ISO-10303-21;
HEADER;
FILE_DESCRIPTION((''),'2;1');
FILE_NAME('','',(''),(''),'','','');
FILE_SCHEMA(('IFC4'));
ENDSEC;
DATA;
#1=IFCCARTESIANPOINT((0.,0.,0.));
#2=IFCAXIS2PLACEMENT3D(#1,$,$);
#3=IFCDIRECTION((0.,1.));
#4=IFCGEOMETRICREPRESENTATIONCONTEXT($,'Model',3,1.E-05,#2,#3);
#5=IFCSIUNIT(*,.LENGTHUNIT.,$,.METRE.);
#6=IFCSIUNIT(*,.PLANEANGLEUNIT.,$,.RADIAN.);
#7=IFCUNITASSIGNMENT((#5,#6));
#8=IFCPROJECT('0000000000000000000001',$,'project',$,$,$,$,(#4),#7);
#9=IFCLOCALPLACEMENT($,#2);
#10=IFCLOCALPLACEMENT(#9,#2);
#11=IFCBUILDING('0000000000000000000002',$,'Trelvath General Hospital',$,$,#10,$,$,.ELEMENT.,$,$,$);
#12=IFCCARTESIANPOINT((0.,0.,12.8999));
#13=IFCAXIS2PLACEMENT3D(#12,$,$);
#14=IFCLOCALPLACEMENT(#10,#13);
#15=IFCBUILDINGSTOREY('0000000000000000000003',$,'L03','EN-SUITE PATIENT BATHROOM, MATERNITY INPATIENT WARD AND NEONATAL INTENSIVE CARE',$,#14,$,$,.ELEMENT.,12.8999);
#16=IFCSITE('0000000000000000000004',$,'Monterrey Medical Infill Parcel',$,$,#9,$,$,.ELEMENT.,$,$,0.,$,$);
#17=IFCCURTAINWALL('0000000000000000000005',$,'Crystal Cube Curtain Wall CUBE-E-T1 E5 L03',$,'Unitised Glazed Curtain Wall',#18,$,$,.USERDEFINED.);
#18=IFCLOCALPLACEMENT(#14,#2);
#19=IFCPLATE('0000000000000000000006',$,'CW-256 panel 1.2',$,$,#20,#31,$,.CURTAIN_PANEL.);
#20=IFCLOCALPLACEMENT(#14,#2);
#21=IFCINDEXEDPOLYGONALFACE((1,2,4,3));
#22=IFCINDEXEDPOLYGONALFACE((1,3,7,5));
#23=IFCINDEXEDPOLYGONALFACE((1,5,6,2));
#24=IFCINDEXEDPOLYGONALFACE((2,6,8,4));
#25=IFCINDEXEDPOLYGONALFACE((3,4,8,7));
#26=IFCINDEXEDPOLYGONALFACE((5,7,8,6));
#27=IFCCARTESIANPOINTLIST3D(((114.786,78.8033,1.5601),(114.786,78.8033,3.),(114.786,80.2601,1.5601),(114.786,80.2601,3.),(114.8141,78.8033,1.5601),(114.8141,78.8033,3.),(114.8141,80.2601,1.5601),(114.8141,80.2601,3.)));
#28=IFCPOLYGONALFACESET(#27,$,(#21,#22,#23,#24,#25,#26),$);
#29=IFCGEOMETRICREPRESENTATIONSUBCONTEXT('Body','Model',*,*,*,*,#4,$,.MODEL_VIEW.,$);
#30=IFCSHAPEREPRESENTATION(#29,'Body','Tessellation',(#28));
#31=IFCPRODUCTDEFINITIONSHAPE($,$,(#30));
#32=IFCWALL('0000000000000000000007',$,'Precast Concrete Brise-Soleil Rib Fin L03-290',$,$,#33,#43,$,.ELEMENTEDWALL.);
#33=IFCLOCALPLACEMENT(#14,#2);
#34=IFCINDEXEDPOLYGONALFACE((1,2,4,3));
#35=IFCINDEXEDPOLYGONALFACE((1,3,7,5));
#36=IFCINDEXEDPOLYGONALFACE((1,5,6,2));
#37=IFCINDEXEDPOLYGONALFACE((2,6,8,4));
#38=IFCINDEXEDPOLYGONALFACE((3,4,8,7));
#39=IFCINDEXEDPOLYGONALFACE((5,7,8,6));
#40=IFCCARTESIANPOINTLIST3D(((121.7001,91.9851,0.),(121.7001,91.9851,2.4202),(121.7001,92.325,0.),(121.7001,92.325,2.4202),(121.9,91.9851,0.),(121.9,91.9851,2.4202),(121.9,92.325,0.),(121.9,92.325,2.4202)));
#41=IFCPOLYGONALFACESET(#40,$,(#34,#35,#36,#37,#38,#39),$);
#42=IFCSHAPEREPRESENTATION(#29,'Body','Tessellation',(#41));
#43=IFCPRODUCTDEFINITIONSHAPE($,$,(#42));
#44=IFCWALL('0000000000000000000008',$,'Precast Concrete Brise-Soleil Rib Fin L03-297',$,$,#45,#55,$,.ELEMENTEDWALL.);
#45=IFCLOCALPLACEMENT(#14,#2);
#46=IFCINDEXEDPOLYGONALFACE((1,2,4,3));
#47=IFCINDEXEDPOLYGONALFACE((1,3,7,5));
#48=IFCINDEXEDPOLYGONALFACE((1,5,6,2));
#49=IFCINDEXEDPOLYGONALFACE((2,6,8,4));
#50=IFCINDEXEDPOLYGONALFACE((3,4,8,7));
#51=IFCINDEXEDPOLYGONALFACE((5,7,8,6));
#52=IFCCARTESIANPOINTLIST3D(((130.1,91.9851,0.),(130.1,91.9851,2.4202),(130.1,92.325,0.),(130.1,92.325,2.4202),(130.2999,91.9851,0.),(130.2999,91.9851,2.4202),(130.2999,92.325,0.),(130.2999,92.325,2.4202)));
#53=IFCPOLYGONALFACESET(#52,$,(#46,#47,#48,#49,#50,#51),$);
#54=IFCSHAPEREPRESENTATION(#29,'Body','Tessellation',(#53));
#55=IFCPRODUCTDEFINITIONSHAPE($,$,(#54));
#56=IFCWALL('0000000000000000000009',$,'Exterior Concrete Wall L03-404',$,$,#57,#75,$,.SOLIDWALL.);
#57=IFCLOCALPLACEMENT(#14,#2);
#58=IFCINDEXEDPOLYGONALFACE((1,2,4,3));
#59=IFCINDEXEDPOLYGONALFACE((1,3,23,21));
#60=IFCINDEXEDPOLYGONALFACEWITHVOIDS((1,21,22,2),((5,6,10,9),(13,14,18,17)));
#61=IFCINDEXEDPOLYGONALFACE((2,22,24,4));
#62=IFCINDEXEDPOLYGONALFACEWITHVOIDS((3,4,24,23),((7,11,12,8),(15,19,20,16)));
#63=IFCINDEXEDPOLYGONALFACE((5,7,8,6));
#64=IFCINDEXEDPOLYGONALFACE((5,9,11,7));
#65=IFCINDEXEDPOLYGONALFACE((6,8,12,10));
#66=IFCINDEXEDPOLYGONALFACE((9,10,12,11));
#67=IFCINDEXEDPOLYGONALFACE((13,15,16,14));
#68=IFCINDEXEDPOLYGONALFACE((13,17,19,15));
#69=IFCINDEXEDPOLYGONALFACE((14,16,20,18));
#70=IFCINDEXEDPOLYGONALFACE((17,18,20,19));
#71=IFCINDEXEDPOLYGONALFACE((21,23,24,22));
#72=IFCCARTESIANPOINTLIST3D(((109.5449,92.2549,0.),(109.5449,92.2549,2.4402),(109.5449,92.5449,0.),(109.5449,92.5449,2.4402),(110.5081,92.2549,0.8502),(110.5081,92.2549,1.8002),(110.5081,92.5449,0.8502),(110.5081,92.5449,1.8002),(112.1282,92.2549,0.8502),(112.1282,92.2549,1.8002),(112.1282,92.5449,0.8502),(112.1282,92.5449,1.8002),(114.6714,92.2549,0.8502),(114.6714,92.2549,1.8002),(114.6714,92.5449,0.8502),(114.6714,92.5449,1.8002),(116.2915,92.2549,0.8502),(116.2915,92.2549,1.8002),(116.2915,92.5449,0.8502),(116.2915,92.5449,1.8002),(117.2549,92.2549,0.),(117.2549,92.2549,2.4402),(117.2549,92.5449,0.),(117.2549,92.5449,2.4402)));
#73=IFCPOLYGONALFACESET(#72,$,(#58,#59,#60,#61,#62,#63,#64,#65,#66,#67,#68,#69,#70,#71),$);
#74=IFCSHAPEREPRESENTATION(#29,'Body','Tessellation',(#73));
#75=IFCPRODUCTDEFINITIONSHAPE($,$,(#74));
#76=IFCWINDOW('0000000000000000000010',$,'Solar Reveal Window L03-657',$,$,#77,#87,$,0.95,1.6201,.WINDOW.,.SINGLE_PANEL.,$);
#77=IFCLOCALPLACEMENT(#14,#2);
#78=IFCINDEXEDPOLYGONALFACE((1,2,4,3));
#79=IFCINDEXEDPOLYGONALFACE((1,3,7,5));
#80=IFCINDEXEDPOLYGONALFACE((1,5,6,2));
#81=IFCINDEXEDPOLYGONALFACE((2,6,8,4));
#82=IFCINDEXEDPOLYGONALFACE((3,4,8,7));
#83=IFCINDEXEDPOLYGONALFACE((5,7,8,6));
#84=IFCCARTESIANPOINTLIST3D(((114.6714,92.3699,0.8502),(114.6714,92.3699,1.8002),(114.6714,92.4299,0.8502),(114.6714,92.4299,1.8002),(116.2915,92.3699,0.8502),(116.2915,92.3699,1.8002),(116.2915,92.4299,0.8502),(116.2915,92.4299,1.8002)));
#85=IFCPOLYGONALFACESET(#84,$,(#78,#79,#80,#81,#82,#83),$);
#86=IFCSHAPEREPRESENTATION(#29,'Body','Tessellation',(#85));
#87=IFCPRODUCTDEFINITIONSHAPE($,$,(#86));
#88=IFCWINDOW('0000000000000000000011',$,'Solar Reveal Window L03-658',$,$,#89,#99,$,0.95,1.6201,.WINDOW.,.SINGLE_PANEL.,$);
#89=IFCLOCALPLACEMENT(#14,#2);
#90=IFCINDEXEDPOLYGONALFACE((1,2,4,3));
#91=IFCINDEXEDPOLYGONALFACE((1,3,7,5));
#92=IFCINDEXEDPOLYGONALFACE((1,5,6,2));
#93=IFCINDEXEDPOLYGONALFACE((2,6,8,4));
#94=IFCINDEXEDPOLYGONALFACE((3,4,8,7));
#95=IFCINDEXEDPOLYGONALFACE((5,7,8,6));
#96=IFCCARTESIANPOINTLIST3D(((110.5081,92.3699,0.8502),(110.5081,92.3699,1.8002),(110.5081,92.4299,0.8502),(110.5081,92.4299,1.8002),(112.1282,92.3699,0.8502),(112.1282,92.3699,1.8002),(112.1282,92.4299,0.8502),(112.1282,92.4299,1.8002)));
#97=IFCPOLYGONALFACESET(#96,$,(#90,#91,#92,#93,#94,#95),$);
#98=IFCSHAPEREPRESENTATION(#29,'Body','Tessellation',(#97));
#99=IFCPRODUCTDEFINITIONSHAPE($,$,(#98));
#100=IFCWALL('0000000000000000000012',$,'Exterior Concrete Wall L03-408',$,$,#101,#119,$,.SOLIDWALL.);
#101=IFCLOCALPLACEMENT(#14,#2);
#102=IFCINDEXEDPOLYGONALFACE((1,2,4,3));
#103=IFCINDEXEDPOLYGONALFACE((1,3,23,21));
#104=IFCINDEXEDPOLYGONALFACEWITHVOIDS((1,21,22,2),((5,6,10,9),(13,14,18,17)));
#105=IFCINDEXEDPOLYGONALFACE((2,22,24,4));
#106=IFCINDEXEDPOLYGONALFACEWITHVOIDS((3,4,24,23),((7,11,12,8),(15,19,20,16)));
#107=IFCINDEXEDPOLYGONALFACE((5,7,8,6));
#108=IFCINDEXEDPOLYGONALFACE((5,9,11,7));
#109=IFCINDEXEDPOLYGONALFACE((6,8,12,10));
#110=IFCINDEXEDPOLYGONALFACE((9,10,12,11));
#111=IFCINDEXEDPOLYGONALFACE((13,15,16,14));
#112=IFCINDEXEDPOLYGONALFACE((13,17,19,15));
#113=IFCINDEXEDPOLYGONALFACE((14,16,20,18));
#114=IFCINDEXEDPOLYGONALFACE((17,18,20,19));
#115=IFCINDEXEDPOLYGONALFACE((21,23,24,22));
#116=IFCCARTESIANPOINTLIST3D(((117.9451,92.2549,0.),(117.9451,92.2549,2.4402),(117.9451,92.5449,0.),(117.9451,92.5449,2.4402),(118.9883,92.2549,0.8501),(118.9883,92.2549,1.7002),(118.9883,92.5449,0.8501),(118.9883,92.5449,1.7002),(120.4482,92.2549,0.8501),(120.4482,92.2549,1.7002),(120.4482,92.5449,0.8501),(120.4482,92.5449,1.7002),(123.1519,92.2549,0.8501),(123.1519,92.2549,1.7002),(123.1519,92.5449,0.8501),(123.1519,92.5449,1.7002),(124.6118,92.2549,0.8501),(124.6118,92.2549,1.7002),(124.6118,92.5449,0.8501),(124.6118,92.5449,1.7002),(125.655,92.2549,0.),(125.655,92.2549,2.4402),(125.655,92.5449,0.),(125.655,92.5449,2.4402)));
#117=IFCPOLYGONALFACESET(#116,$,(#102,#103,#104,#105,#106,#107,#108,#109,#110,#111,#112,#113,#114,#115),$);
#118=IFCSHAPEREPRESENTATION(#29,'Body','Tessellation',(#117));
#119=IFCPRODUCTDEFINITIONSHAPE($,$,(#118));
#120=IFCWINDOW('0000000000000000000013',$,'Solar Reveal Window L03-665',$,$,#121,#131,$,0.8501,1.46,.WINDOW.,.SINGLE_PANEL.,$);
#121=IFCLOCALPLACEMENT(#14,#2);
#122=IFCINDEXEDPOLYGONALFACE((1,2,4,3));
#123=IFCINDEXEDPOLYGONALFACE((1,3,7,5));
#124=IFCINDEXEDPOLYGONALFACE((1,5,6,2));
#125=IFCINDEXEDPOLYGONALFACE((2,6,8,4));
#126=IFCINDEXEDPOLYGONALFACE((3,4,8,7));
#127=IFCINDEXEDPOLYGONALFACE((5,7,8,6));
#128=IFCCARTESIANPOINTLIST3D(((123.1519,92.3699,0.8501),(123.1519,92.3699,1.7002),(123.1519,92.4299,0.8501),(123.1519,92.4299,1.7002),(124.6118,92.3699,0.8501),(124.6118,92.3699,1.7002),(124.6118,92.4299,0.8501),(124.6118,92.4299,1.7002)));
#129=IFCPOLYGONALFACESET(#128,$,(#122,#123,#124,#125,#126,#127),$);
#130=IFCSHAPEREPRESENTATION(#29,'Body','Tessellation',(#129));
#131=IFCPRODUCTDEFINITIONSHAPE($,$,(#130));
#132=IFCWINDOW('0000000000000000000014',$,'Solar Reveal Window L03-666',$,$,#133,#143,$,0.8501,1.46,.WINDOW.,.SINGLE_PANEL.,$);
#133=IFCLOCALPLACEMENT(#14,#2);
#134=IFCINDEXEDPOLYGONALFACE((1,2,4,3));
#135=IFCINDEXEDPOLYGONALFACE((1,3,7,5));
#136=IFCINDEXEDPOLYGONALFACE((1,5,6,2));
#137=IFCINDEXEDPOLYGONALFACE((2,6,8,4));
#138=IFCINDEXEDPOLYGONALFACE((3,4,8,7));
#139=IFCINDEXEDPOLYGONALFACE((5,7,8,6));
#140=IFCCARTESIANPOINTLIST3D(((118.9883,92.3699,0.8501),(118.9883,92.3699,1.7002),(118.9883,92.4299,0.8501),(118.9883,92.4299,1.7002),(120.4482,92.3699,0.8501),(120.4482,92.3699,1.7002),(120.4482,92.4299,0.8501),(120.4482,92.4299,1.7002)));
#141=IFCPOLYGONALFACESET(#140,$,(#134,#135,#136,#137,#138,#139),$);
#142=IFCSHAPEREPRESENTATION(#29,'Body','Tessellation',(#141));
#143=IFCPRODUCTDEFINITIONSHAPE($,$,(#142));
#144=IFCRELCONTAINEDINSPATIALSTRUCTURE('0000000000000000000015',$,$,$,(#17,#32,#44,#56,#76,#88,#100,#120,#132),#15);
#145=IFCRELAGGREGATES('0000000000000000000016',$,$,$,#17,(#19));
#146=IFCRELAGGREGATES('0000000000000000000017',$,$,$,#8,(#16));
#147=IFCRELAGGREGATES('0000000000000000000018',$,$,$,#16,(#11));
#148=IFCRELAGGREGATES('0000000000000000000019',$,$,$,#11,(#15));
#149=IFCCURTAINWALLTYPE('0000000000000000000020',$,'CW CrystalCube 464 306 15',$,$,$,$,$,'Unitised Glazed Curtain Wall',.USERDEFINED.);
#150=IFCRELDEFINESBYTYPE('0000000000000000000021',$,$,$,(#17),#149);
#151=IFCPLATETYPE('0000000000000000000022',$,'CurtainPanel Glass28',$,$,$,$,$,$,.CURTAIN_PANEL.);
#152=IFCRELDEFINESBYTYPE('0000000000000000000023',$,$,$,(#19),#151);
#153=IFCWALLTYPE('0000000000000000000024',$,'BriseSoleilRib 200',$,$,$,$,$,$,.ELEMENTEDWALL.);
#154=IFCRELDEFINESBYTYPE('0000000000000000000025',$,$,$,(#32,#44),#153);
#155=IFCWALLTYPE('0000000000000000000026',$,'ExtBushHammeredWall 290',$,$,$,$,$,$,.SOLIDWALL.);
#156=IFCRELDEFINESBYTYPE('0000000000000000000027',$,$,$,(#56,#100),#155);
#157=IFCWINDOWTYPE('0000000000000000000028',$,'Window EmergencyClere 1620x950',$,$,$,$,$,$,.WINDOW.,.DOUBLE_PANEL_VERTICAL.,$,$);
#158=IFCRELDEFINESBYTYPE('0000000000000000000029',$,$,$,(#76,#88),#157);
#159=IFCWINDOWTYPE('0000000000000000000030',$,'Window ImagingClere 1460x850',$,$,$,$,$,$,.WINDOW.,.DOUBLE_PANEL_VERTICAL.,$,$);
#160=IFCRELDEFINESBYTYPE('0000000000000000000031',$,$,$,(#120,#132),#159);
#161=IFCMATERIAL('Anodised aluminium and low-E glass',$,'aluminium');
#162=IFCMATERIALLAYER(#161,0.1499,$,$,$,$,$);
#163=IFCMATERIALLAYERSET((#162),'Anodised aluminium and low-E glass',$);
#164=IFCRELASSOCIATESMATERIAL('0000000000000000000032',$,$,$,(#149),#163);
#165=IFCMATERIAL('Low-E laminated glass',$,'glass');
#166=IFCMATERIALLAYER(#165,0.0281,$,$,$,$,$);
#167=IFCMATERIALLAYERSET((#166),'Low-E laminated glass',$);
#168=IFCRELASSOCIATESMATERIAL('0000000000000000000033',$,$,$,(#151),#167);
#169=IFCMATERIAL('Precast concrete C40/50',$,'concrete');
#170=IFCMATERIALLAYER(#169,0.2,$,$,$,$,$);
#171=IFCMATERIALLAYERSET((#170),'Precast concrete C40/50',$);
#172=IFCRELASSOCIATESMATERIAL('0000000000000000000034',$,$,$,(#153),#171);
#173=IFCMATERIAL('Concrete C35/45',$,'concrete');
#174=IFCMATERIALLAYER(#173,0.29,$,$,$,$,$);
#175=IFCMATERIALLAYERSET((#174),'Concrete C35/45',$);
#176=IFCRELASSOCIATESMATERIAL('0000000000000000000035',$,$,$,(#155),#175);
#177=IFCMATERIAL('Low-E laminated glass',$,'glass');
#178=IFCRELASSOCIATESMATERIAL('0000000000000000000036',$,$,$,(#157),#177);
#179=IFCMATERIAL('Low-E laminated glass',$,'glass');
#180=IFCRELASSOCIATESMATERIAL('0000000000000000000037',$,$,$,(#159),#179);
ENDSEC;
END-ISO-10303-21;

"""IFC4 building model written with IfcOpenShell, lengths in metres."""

from ifc_helpers import new_model, si_unit, direction, frame, frame_2d, origin, origin_2d, place, context, subcontext, project, spatial, rectangle, extrude, material, layer, layer_set, type_object, element, fill, aggregate, save


model = new_model("IFC4")

# Units and contexts
model_context = context("Model", 3, precision=1e-05, world=origin(), true_north=direction((0.0, 1.0)))
body_context = subcontext(model_context, "Body", "Model", "MODEL_VIEW")
ifc_project = project(units=[si_unit("LENGTHUNIT", "METRE"), si_unit("PLANEANGLEUNIT", "RADIAN")], contexts=[model_context])

# Site, building, storey
site_placement = place(None, origin())
site = spatial("IfcSite", under=ifc_project, at=site_placement, Name="Monterrey Medical Infill Parcel", CompositionType="ELEMENT", RefElevation=0.0)
building_placement = place(site_placement, origin())
building = spatial("IfcBuilding", under=site, at=building_placement, Name="Trelvath General Hospital", CompositionType="ELEMENT")
storey_placement = place(building_placement, frame((0.0, 0.0, 12.8999)))
storey = spatial("IfcBuildingStorey", under=building, at=storey_placement, Name="L03", Description="EN-SUITE PATIENT BATHROOM, MATERNITY INPATIENT WARD AND NEONATAL INTENSIVE CARE", CompositionType="ELEMENT", Elevation=12.8999)

# Curtain wall
ifc_material_1 = material(Name="Anodised aluminium and low-E glass", Category="aluminium")
ifc_layer_1 = layer(ifc_material_1, 0.1499)
ifc_layer_set_1 = layer_set([ifc_layer_1], Name="Anodised aluminium and low-E glass")
curtain_wall_type = type_object("IfcCurtainWallType", Name="CW CrystalCube 464 306 15", ElementType="Unitised Glazed Curtain Wall", PredefinedType="USERDEFINED", material=ifc_layer_set_1)
curtain_wall_placement = place(storey_placement, origin())
curtain_wall = element("IfcCurtainWall", 1, at=curtain_wall_placement, inside=storey, type_object=curtain_wall_type, Name="Crystal Cube Curtain Wall CUBE-E-T1 E5 L03", ObjectType="Unitised Glazed Curtain Wall", PredefinedType="USERDEFINED")

# Plate
ifc_material_2 = material(Name="Low-E laminated glass", Category="glass")
ifc_layer_2 = layer(ifc_material_2, 0.0281)
ifc_layer_set_2 = layer_set([ifc_layer_2], Name="Low-E laminated glass")
plate_type = type_object("IfcPlateType", Name="CurtainPanel Glass28", PredefinedType="CURTAIN_PANEL", material=ifc_layer_set_2)
plate_1_placement = place(storey_placement, frame((114.8, 79.5317, 1.5601), z_axis=(0.0, 0.0, 1.0), x_axis=(0.0, -1.0, 0.0)))
plate_1 = element("IfcPlate", 2, at=plate_1_placement, type_object=plate_type, Name="CW-256 panel 1.2", PredefinedType="CURTAIN_PANEL", context=body_context, shape_type="SweptSolid", body=[
    extrude(rectangle(XDim=1.4568, YDim=0.0281, at=origin_2d()), origin(), (0.0, 0.0, 1.0), 1.4399),
])
aggregate(curtain_wall, [plate_1])

# Walls
ifc_material_3 = material(Name="Precast concrete C40/50", Category="concrete")
ifc_layer_3 = layer(ifc_material_3, 0.2)
ifc_layer_set_3 = layer_set([ifc_layer_3], Name="Precast concrete C40/50")
wall_type_1 = type_object("IfcWallType", Name="BriseSoleilRib 200", PredefinedType="ELEMENTEDWALL", material=ifc_layer_set_3)
for number, where, z_axis, x_axis, name in (
    (3, (121.8, 92.325, 0.0), (0.0, 0.0, 1.0), (0.0, -1.0, 0.0), "Precast Concrete Brise-Soleil Rib Fin L03-290"),
    (4, (130.2, 92.325, 0.0), (0.0, 0.0, 1.0), (0.0, -1.0, 0.0), "Precast Concrete Brise-Soleil Rib Fin L03-297"),
):
    element("IfcWall", number, at=place(storey_placement, frame(where, z_axis=z_axis, x_axis=x_axis)), inside=storey, type_object=wall_type_1, Name=name, PredefinedType="ELEMENTEDWALL", context=body_context, shape_type="SweptSolid", body=[
        extrude(rectangle(XDim=0.3398, YDim=0.2, at=frame_2d((0.1699, 0.0))), origin(), (0.0, 0.0, 1.0), 2.4202),
    ])

# Walls, openings, windows
ifc_material_4 = material(Name="Concrete C35/45", Category="concrete")
ifc_layer_4 = layer(ifc_material_4, 0.29)
ifc_layer_set_4 = layer_set([ifc_layer_4], Name="Concrete C35/45")
wall_type_2 = type_object("IfcWallType", Name="ExtBushHammeredWall 290", PredefinedType="SOLIDWALL", material=ifc_layer_set_4)
wall_1_placement = place(storey_placement, frame((117.2549, 92.3999, 0.0), z_axis=(0.0, 0.0, 1.0), x_axis=(-1.0, 0.0, 0.0)))
wall_1 = element("IfcWall", 5, at=wall_1_placement, inside=storey, type_object=wall_type_2, Name="Exterior Concrete Wall L03-404", PredefinedType="SOLIDWALL", context=body_context, shape_type="SweptSolid", body=[
    extrude(rectangle(XDim=7.71, YDim=0.29, at=frame_2d((3.855, 0.0))), origin(), (0.0, 0.0, 1.0), 2.4402),
])
opening_1_placement = place(wall_1_placement, frame((0.9634, 0.0, 0.8501)))
opening_1 = element("IfcOpeningElement", 6, at=opening_1_placement, cuts=wall_1, PredefinedType="OPENING", context=body_context, shape_type="SweptSolid", body=[
    extrude(rectangle(XDim=1.6201, YDim=0.95, at=frame_2d((0.8101, 0.4751))), frame((0.0, 0.155, 0.0), z_axis=(0.0, -1.0, 0.0), x_axis=(1.0, 0.0, 0.0)), (0.0, 0.0, 1.0), 0.3101),
])
opening_2_placement = place(wall_1_placement, frame((5.1267, 0.0, 0.8501)))
opening_2 = element("IfcOpeningElement", 7, at=opening_2_placement, cuts=wall_1, PredefinedType="OPENING", context=body_context, shape_type="SweptSolid", body=[
    extrude(rectangle(XDim=1.6201, YDim=0.95, at=frame_2d((0.8101, 0.4751))), frame((0.0, 0.155, 0.0), z_axis=(0.0, -1.0, 0.0), x_axis=(1.0, 0.0, 0.0)), (0.0, 0.0, 1.0), 0.3101),
])
ifc_material_5 = material(Name="Low-E laminated glass", Category="glass")
window_type_1 = type_object("IfcWindowType", Name="Window EmergencyClere 1620x950", PartitioningType="DOUBLE_PANEL_VERTICAL", PredefinedType="WINDOW", material=ifc_material_5)
window_1_placement = place(opening_1_placement, origin())
window_1 = element("IfcWindow", 8, at=window_1_placement, inside=storey, type_object=window_type_1, Name="Solar Reveal Window L03-657", OverallHeight=0.95, OverallWidth=1.6201, PartitioningType="SINGLE_PANEL", PredefinedType="WINDOW", context=body_context, shape_type="SweptSolid", body=[
    extrude(rectangle(XDim=1.6201, YDim=0.95, at=frame_2d((0.8101, 0.4751))), frame((0.0, 0.03, 0.0), z_axis=(0.0, -1.0, 0.0), x_axis=(1.0, 0.0, 0.0)), (0.0, 0.0, 1.0), 0.0601),
])
fill(opening_1, window_1)
window_2_placement = place(opening_2_placement, origin())
window_2 = element("IfcWindow", 9, at=window_2_placement, inside=storey, type_object=window_type_1, Name="Solar Reveal Window L03-658", OverallHeight=0.95, OverallWidth=1.6201, PartitioningType="SINGLE_PANEL", PredefinedType="WINDOW", context=body_context, shape_type="SweptSolid", body=[
    extrude(rectangle(XDim=1.6201, YDim=0.95, at=frame_2d((0.8101, 0.4751))), frame((0.0, 0.03, 0.0), z_axis=(0.0, -1.0, 0.0), x_axis=(1.0, 0.0, 0.0)), (0.0, 0.0, 1.0), 0.0601),
])
fill(opening_2, window_2)
wall_2_placement = place(storey_placement, frame((125.655, 92.3999, 0.0), z_axis=(0.0, 0.0, 1.0), x_axis=(-1.0, 0.0, 0.0)))
wall_2 = element("IfcWall", 10, at=wall_2_placement, inside=storey, type_object=wall_type_2, Name="Exterior Concrete Wall L03-408", PredefinedType="SOLIDWALL", context=body_context, shape_type="SweptSolid", body=[
    extrude(rectangle(XDim=7.71, YDim=0.29, at=frame_2d((3.855, 0.0))), origin(), (0.0, 0.0, 1.0), 2.4402),
])
opening_3_placement = place(wall_2_placement, frame((1.0432, 0.0, 0.8501)))
opening_3 = element("IfcOpeningElement", 11, at=opening_3_placement, cuts=wall_2, PredefinedType="OPENING", context=body_context, shape_type="SweptSolid", body=[
    extrude(rectangle(XDim=1.46, YDim=0.8501, at=frame_2d((0.73, 0.425))), frame((0.0, 0.155, 0.0), z_axis=(0.0, -1.0, 0.0), x_axis=(1.0, 0.0, 0.0)), (0.0, 0.0, 1.0), 0.3101),
])
opening_4_placement = place(wall_2_placement, frame((5.2068, 0.0, 0.8501)))
opening_4 = element("IfcOpeningElement", 12, at=opening_4_placement, cuts=wall_2, PredefinedType="OPENING", context=body_context, shape_type="SweptSolid", body=[
    extrude(rectangle(XDim=1.46, YDim=0.8501, at=frame_2d((0.73, 0.425))), frame((0.0, 0.155, 0.0), z_axis=(0.0, -1.0, 0.0), x_axis=(1.0, 0.0, 0.0)), (0.0, 0.0, 1.0), 0.3101),
])
ifc_material_6 = material(Name="Low-E laminated glass", Category="glass")
window_type_2 = type_object("IfcWindowType", Name="Window ImagingClere 1460x850", PartitioningType="DOUBLE_PANEL_VERTICAL", PredefinedType="WINDOW", material=ifc_material_6)
window_3_placement = place(opening_3_placement, origin())
window_3 = element("IfcWindow", 13, at=window_3_placement, inside=storey, type_object=window_type_2, Name="Solar Reveal Window L03-665", OverallHeight=0.8501, OverallWidth=1.46, PartitioningType="SINGLE_PANEL", PredefinedType="WINDOW", context=body_context, shape_type="SweptSolid", body=[
    extrude(rectangle(XDim=1.46, YDim=0.8501, at=frame_2d((0.73, 0.425))), frame((0.0, 0.03, 0.0), z_axis=(0.0, -1.0, 0.0), x_axis=(1.0, 0.0, 0.0)), (0.0, 0.0, 1.0), 0.0601),
])
fill(opening_3, window_3)
window_4_placement = place(opening_4_placement, origin())
window_4 = element("IfcWindow", 14, at=window_4_placement, inside=storey, type_object=window_type_2, Name="Solar Reveal Window L03-666", OverallHeight=0.8501, OverallWidth=1.46, PartitioningType="SINGLE_PANEL", PredefinedType="WINDOW", context=body_context, shape_type="SweptSolid", body=[
    extrude(rectangle(XDim=1.46, YDim=0.8501, at=frame_2d((0.73, 0.425))), frame((0.0, 0.03, 0.0), z_axis=(0.0, -1.0, 0.0), x_axis=(1.0, 0.0, 0.0)), (0.0, 0.0, 1.0), 0.0601),
])
fill(opening_4, window_4)

save(model, "model.ifc")
